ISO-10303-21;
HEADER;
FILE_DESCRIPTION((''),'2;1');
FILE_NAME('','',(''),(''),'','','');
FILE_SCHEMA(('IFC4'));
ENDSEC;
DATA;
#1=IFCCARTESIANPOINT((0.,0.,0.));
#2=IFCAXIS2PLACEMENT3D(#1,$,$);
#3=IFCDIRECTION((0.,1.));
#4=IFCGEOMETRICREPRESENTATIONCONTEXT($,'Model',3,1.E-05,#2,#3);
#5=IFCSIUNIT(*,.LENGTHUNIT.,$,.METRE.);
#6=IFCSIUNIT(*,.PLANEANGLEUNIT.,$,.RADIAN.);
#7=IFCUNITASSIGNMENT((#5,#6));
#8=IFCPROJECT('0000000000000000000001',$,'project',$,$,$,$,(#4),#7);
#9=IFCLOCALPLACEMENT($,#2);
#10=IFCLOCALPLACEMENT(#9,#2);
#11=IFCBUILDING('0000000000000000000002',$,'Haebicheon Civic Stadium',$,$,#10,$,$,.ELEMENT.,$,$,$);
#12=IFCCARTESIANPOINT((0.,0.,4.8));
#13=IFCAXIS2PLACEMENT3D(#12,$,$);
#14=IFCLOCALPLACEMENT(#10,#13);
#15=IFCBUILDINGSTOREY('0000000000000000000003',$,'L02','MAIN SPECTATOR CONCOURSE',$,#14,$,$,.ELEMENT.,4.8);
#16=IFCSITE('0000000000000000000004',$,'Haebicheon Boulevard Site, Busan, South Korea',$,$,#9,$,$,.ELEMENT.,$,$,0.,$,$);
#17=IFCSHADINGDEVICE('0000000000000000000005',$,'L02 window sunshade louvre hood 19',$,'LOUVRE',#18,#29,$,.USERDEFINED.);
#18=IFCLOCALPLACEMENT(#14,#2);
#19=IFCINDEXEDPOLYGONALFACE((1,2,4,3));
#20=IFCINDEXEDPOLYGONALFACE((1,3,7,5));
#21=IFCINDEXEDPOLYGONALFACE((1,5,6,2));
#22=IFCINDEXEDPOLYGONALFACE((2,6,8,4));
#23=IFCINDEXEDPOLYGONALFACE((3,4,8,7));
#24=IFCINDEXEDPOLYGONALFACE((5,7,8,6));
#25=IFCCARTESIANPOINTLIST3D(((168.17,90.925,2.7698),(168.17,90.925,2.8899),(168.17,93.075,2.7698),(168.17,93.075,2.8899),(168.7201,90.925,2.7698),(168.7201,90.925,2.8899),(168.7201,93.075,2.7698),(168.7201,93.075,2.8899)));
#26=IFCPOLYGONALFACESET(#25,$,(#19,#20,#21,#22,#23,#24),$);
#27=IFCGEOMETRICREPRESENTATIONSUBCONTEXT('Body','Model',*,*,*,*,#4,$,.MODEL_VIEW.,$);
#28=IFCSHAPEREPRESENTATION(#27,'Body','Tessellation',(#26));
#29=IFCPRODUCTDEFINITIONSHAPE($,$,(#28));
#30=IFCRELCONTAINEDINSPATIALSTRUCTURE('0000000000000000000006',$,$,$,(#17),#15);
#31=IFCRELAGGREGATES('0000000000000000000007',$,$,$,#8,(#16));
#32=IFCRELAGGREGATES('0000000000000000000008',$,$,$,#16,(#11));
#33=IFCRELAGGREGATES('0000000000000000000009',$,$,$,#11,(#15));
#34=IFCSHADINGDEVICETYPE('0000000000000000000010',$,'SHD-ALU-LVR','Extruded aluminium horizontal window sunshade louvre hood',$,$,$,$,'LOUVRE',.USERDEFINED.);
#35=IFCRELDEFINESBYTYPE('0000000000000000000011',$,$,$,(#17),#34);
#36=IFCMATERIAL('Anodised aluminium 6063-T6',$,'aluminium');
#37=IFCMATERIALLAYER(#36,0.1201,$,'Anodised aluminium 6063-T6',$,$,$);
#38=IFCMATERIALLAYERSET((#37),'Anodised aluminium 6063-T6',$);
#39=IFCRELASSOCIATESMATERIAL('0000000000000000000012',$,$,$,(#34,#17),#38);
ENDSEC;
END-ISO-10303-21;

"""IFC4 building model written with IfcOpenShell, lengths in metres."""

from ifc_helpers import new_model, si_unit, direction, frame, origin, origin_2d, place, context, subcontext, project, spatial, rectangle, extrude, material, layer, layer_set, type_object, element, save


model = new_model("IFC4")

# Units and contexts
model_context = context("Model", 3, precision=1e-05, world=origin(), true_north=direction((0.0, 1.0)))
body_context = subcontext(model_context, "Body", "Model", "MODEL_VIEW")
ifc_project = project(units=[si_unit("LENGTHUNIT", "METRE"), si_unit("PLANEANGLEUNIT", "RADIAN")], contexts=[model_context])

# Site, building, storey
site_placement = place(None, origin())
site = spatial("IfcSite", under=ifc_project, at=site_placement, Name="Haebicheon Boulevard Site, Busan, South Korea", CompositionType="ELEMENT", RefElevation=0.0)
building_placement = place(site_placement, origin())
building = spatial("IfcBuilding", under=site, at=building_placement, Name="Haebicheon Civic Stadium", CompositionType="ELEMENT")
storey_placement = place(building_placement, frame((0.0, 0.0, 4.8)))
storey = spatial("IfcBuildingStorey", under=building, at=storey_placement, Name="L02", Description="MAIN SPECTATOR CONCOURSE", CompositionType="ELEMENT", Elevation=4.8)

# Shading device
ifc_material_1 = material(Name="Anodised aluminium 6063-T6", Category="aluminium")
ifc_layer_1 = layer(ifc_material_1, 0.1201, Name="Anodised aluminium 6063-T6")
ifc_layer_set_1 = layer_set([ifc_layer_1], Name="Anodised aluminium 6063-T6")
shading_device_type = type_object("IfcShadingDeviceType", Name="SHD-ALU-LVR", Description="Extruded aluminium horizontal window sunshade louvre hood", ElementType="LOUVRE", PredefinedType="USERDEFINED", material=ifc_layer_set_1)
shading_device_placement = place(storey_placement, frame((168.4451, 92.0, 2.7698), z_axis=(0.0, 0.0, 1.0), x_axis=(1.0, 0.0, 0.0)))
element("IfcShadingDevice", 1, at=shading_device_placement, inside=storey, type_object=shading_device_type, material=ifc_layer_set_1, Name="L02 window sunshade louvre hood 19", ObjectType="LOUVRE", PredefinedType="USERDEFINED", context=body_context, shape_type="SweptSolid", body=[
    extrude(rectangle(XDim=0.55, YDim=2.1499, at=origin_2d()), origin(), (0.0, 0.0, 1.0), 0.1201),
])

save(model, "model.ifc")
